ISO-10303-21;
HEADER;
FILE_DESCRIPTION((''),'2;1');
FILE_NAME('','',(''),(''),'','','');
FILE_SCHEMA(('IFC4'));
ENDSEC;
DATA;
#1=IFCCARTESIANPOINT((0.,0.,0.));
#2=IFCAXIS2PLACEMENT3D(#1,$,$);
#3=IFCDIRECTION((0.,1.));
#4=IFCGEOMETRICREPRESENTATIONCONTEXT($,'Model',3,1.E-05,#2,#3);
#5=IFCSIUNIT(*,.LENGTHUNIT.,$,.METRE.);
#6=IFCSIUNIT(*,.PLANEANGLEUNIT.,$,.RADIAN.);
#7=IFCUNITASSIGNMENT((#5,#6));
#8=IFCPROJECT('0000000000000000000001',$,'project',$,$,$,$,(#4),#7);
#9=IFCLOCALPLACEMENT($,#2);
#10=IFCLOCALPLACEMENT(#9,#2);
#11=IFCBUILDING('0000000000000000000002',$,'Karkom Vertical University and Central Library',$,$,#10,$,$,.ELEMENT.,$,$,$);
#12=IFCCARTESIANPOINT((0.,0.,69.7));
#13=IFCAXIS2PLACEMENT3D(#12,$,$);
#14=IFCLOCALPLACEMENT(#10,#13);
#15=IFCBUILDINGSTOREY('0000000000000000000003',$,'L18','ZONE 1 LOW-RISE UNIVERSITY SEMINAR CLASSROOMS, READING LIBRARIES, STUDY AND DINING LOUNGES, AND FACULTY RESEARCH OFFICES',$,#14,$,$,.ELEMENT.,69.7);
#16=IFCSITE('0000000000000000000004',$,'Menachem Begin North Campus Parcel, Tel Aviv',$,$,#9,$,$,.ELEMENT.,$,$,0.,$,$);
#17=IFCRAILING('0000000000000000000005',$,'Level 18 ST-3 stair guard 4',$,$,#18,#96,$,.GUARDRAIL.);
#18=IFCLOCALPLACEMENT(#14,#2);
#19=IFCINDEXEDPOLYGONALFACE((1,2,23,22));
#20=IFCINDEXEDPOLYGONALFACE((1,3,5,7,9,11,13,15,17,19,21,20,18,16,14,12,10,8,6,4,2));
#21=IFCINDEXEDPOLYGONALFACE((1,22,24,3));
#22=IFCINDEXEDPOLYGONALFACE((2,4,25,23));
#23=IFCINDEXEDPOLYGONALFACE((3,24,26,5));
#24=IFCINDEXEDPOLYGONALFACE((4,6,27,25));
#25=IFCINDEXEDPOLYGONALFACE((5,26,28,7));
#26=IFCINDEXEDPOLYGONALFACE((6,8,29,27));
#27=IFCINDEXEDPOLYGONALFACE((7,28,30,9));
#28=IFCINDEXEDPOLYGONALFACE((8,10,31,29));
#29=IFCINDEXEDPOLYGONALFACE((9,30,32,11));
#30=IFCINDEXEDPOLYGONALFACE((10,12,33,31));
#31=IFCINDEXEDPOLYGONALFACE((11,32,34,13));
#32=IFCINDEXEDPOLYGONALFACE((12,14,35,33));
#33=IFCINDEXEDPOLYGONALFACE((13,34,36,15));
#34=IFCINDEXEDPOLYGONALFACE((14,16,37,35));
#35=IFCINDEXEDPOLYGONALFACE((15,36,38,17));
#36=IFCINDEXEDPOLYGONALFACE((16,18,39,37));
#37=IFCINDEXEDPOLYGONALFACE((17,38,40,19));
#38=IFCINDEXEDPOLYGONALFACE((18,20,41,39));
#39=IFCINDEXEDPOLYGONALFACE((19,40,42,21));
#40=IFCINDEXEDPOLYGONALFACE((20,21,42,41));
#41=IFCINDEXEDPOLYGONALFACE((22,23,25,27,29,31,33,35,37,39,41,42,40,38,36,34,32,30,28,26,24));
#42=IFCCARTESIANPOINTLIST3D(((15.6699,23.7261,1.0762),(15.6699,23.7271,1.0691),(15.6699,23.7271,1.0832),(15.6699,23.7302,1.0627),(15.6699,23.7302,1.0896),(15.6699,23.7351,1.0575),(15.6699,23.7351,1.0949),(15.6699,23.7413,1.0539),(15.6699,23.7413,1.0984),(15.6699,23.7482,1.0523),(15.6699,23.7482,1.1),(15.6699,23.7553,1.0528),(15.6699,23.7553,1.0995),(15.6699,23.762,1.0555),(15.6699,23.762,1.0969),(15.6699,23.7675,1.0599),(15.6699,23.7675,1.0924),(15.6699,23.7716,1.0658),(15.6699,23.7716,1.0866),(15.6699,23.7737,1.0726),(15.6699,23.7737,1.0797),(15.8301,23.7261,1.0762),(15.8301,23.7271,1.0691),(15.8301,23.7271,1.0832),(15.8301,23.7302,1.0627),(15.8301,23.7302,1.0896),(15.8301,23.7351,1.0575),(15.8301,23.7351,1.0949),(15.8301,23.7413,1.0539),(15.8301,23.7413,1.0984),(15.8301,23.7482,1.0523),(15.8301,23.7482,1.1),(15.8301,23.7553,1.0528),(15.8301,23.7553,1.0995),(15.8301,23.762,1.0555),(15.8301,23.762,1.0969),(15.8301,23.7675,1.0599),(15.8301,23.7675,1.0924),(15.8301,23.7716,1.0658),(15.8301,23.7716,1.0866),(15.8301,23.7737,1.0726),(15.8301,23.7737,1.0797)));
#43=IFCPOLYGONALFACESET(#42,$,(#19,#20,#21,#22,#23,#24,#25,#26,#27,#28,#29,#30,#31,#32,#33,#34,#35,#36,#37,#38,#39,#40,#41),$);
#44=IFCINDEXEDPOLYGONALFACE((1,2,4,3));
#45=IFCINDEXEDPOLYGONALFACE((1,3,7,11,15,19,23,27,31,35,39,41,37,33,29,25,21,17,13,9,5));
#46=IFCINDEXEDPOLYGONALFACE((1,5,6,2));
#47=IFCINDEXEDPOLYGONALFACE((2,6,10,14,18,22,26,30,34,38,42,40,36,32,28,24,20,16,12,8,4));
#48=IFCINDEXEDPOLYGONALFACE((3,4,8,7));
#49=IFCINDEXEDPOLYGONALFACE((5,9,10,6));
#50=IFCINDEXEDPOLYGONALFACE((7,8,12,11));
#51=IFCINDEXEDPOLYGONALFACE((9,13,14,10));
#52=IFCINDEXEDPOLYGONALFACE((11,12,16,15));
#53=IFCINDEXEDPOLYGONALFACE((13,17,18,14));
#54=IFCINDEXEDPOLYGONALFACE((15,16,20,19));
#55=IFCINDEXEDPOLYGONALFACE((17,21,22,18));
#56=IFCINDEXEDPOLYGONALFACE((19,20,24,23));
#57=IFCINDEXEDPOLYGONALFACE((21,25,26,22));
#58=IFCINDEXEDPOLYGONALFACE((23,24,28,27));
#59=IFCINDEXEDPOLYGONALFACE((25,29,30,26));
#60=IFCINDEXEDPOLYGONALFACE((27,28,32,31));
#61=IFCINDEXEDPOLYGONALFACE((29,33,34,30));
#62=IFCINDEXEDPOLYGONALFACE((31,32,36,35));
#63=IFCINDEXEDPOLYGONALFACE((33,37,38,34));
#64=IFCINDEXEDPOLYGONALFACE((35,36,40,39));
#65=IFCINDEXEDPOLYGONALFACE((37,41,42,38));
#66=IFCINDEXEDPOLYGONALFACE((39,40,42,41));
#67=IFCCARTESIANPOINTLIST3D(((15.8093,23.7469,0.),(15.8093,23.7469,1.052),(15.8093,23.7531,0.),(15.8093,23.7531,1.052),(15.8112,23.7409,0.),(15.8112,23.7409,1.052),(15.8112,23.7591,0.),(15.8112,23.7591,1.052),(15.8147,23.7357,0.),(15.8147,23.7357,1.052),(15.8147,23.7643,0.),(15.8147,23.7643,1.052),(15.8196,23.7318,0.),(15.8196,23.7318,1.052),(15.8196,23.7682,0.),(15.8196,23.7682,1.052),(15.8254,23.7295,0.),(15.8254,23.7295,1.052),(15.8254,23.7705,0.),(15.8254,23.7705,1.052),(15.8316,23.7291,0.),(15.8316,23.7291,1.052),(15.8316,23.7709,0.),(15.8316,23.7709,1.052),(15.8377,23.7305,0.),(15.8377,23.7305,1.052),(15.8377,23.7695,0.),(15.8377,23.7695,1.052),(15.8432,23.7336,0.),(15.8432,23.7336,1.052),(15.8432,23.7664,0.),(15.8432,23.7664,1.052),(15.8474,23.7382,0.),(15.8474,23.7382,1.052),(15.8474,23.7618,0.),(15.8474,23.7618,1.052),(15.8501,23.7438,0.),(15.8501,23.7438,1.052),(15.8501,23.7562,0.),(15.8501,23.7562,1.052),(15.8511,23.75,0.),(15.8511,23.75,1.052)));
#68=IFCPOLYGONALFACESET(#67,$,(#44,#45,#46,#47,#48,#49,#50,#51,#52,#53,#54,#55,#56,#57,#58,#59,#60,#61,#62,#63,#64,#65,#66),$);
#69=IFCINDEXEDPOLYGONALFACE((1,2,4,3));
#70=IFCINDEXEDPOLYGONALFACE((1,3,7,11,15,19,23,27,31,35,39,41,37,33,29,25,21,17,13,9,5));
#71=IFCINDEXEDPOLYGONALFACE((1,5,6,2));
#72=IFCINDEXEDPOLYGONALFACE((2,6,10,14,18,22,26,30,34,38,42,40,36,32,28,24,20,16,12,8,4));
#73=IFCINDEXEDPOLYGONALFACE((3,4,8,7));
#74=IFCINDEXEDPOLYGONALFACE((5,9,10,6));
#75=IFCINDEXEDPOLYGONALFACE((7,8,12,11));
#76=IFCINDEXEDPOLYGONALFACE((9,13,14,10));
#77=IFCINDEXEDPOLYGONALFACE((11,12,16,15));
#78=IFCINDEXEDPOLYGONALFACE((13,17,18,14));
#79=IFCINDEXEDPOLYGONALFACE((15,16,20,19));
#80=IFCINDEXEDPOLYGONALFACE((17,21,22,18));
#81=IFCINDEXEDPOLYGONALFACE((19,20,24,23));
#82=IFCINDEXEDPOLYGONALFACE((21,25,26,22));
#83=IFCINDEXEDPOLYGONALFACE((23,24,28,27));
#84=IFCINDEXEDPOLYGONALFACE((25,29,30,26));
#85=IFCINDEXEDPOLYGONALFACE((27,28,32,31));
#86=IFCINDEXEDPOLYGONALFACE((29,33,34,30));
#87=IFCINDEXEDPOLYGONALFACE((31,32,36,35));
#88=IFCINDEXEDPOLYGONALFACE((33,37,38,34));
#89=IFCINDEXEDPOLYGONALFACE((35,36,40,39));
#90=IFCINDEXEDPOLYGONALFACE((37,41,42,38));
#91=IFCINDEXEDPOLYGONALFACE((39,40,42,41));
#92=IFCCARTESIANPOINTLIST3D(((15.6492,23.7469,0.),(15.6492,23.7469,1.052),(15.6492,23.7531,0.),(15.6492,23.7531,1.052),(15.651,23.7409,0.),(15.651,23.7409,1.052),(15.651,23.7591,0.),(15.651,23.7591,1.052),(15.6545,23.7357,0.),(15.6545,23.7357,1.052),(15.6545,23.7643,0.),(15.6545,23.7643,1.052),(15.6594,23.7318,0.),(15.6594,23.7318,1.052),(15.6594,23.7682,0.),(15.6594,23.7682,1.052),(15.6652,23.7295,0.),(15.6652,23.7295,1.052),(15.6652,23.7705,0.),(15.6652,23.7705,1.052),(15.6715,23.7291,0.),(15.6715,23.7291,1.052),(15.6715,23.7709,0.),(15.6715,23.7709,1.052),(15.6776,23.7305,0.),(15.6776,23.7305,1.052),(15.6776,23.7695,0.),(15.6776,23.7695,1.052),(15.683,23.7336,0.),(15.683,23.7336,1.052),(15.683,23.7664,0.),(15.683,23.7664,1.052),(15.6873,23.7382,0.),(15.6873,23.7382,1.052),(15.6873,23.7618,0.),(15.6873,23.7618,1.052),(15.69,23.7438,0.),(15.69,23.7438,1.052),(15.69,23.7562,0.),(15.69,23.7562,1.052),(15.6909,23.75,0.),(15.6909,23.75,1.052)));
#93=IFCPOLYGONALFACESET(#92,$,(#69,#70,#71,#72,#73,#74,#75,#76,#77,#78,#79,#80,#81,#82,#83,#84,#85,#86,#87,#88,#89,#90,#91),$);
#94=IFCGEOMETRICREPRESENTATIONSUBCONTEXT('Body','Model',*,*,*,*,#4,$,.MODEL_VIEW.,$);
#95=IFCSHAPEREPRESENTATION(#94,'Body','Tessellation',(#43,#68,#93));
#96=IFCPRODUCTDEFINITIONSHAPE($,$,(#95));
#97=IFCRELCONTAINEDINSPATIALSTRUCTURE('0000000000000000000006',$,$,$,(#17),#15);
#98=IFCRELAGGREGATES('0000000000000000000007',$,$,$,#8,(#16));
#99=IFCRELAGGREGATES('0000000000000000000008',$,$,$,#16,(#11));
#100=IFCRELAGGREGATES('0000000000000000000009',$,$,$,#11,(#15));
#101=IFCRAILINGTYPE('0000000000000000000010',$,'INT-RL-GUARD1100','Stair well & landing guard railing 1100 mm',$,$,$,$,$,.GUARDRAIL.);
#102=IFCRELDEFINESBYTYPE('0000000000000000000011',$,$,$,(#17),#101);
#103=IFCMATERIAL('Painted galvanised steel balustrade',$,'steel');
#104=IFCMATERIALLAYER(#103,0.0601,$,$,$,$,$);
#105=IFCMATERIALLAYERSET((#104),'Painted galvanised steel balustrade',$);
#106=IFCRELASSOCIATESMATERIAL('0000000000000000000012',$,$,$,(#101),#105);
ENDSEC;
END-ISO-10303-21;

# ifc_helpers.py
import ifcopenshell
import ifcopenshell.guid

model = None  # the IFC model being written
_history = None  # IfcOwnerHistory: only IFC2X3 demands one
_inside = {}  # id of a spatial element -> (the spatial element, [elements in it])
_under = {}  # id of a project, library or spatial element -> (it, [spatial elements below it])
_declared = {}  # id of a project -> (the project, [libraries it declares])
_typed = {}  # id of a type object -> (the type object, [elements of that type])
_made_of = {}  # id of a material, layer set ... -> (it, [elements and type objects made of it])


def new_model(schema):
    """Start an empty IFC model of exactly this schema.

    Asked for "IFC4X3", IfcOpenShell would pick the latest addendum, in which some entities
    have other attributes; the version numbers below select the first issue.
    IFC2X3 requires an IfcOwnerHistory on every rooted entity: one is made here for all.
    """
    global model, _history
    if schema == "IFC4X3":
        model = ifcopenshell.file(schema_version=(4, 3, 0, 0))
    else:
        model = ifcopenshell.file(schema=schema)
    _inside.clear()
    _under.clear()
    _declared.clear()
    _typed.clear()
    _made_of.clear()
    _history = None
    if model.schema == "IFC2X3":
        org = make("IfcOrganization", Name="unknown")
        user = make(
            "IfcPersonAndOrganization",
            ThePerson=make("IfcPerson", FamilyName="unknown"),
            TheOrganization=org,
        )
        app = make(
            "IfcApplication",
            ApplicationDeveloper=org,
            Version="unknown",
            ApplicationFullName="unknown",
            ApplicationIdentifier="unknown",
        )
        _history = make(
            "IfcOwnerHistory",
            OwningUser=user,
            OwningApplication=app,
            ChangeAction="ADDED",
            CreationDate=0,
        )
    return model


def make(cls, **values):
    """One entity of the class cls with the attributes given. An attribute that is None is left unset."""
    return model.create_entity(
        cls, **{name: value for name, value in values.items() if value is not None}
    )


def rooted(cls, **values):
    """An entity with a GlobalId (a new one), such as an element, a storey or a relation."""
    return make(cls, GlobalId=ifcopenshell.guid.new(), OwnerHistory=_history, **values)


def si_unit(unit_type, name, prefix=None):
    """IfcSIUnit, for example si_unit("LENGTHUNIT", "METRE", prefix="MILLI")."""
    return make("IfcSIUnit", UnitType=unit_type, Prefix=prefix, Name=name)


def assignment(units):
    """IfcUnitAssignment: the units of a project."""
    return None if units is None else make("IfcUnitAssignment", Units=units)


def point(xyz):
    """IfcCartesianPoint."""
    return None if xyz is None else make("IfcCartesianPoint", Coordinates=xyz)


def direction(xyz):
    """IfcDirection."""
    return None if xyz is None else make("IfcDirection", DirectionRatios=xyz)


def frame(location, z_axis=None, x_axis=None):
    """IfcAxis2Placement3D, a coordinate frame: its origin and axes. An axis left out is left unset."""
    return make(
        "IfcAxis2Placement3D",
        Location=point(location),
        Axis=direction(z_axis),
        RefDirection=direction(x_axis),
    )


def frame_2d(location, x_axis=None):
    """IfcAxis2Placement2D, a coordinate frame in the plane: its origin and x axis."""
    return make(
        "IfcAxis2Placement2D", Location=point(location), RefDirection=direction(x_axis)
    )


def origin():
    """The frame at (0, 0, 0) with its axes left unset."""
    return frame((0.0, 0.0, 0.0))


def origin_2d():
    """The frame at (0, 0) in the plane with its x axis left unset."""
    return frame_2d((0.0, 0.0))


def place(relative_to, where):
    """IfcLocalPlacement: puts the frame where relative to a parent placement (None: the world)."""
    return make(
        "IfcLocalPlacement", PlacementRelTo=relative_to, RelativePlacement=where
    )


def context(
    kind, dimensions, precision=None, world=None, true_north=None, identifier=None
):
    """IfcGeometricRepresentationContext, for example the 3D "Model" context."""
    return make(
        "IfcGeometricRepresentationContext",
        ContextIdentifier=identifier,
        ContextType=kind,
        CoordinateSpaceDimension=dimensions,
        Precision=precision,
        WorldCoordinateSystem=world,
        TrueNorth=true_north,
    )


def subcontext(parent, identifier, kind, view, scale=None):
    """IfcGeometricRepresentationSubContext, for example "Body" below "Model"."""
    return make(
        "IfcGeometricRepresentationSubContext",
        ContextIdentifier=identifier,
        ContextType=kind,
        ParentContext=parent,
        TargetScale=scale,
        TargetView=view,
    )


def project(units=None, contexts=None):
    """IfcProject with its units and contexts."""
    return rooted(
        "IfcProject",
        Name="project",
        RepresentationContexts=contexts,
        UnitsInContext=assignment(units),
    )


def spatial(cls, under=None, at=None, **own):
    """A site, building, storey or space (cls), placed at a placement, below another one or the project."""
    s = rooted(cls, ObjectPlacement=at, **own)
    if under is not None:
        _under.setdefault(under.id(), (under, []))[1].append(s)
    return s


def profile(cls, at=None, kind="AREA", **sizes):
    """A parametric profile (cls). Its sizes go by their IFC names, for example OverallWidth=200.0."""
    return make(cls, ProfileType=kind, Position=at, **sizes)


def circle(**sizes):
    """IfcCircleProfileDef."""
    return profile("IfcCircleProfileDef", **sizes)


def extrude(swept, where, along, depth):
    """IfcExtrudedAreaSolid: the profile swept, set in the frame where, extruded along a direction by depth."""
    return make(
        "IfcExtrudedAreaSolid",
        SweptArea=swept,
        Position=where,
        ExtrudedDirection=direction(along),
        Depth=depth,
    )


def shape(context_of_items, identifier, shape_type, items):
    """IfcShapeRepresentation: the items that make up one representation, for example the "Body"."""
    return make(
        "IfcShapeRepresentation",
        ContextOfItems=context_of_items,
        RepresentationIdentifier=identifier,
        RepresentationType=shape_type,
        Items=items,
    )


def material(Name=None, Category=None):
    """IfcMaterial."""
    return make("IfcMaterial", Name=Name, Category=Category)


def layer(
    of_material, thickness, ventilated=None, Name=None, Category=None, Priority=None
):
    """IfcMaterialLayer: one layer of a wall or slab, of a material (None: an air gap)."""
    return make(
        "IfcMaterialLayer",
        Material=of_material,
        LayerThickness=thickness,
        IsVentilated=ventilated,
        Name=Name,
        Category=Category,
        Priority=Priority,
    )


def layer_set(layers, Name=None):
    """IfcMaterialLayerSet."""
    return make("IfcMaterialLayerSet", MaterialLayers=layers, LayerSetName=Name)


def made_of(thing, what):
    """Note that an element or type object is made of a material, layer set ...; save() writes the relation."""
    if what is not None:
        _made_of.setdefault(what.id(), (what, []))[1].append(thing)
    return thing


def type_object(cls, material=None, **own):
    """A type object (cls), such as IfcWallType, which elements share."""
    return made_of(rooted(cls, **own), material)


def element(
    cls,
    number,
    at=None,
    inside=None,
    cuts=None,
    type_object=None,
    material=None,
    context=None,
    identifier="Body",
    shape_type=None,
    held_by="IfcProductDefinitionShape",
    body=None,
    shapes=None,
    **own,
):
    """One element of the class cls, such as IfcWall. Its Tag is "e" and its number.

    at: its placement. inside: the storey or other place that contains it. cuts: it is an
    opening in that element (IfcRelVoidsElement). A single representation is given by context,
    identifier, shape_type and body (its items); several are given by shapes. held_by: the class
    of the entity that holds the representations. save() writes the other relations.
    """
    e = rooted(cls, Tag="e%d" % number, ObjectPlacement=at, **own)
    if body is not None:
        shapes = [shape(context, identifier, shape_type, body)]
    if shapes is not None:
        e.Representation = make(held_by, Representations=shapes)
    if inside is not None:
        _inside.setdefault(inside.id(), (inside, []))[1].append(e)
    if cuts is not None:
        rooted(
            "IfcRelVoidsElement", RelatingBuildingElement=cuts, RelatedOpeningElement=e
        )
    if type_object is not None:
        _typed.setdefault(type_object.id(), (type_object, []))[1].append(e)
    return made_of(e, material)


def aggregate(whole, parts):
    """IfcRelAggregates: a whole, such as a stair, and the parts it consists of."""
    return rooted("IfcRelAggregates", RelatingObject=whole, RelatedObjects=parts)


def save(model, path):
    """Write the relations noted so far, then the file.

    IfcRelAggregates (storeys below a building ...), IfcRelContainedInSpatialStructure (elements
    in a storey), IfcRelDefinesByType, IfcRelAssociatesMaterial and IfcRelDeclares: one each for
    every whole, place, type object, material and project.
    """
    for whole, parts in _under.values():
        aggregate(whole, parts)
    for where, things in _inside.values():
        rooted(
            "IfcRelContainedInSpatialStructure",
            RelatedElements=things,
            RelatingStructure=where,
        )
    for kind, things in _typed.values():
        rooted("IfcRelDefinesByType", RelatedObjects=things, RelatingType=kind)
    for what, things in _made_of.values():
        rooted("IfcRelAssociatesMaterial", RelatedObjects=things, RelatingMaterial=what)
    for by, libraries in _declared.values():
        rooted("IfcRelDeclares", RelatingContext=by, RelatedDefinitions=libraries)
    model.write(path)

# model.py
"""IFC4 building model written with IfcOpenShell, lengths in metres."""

from ifc_helpers import new_model, si_unit, direction, frame, origin, origin_2d, place, context, subcontext, project, spatial, circle, extrude, material, layer, layer_set, type_object, element, save


model = new_model("IFC4")

# Units and contexts
model_context = context("Model", 3, precision=1e-05, world=origin(), true_north=direction((0.0, 1.0)))
body_context = subcontext(model_context, "Body", "Model", "MODEL_VIEW")
ifc_project = project(units=[si_unit("LENGTHUNIT", "METRE"), si_unit("PLANEANGLEUNIT", "RADIAN")], contexts=[model_context])

# Site, building, storey
site_placement = place(None, origin())
site = spatial("IfcSite", under=ifc_project, at=site_placement, Name="Menachem Begin North Campus Parcel, Tel Aviv", CompositionType="ELEMENT", RefElevation=0.0)
building_placement = place(site_placement, origin())
building = spatial("IfcBuilding", under=site, at=building_placement, Name="Karkom Vertical University and Central Library", CompositionType="ELEMENT")
storey_placement = place(building_placement, frame((0.0, 0.0, 69.7)))
storey = spatial("IfcBuildingStorey", under=building, at=storey_placement, Name="L18", Description="ZONE 1 LOW-RISE UNIVERSITY SEMINAR CLASSROOMS, READING LIBRARIES, STUDY AND DINING LOUNGES, AND FACULTY RESEARCH OFFICES", CompositionType="ELEMENT", Elevation=69.7)

# Railing
ifc_material_1 = material(Name="Painted galvanised steel balustrade", Category="steel")
ifc_layer_1 = layer(ifc_material_1, 0.0601)
ifc_layer_set_1 = layer_set([ifc_layer_1], Name="Painted galvanised steel balustrade")
railing_type_1 = type_object("IfcRailingType", Name="INT-RL-GUARD1100", Description="Stair well & landing guard railing 1100 mm", PredefinedType="GUARDRAIL", material=ifc_layer_set_1)
railing_1_placement = place(storey_placement, frame((15.8301, 23.75, 0.0)))
element("IfcRailing", 1, at=railing_1_placement, inside=storey, type_object=railing_type_1, Name="Level 18 ST-3 stair guard 4", PredefinedType="GUARDRAIL", context=body_context, shape_type="SweptSolid", body=[
    extrude(circle(Radius=0.0239, at=origin_2d()), frame((0.0, 0.0, 1.0762), z_axis=(-1.0, 0.0, 0.0), x_axis=(0.0, -1.0, 0.0)), (0.0, 0.0, 1.0), 0.1602),
    extrude(circle(Radius=0.021, at=origin_2d()), origin(), (0.0, 0.0, 1.0), 1.052),
    extrude(circle(Radius=0.021, at=origin_2d()), frame((-0.1602, 0.0, 0.0)), (0.0, 0.0, 1.0), 1.052),
])

save(model, "model.ifc")
